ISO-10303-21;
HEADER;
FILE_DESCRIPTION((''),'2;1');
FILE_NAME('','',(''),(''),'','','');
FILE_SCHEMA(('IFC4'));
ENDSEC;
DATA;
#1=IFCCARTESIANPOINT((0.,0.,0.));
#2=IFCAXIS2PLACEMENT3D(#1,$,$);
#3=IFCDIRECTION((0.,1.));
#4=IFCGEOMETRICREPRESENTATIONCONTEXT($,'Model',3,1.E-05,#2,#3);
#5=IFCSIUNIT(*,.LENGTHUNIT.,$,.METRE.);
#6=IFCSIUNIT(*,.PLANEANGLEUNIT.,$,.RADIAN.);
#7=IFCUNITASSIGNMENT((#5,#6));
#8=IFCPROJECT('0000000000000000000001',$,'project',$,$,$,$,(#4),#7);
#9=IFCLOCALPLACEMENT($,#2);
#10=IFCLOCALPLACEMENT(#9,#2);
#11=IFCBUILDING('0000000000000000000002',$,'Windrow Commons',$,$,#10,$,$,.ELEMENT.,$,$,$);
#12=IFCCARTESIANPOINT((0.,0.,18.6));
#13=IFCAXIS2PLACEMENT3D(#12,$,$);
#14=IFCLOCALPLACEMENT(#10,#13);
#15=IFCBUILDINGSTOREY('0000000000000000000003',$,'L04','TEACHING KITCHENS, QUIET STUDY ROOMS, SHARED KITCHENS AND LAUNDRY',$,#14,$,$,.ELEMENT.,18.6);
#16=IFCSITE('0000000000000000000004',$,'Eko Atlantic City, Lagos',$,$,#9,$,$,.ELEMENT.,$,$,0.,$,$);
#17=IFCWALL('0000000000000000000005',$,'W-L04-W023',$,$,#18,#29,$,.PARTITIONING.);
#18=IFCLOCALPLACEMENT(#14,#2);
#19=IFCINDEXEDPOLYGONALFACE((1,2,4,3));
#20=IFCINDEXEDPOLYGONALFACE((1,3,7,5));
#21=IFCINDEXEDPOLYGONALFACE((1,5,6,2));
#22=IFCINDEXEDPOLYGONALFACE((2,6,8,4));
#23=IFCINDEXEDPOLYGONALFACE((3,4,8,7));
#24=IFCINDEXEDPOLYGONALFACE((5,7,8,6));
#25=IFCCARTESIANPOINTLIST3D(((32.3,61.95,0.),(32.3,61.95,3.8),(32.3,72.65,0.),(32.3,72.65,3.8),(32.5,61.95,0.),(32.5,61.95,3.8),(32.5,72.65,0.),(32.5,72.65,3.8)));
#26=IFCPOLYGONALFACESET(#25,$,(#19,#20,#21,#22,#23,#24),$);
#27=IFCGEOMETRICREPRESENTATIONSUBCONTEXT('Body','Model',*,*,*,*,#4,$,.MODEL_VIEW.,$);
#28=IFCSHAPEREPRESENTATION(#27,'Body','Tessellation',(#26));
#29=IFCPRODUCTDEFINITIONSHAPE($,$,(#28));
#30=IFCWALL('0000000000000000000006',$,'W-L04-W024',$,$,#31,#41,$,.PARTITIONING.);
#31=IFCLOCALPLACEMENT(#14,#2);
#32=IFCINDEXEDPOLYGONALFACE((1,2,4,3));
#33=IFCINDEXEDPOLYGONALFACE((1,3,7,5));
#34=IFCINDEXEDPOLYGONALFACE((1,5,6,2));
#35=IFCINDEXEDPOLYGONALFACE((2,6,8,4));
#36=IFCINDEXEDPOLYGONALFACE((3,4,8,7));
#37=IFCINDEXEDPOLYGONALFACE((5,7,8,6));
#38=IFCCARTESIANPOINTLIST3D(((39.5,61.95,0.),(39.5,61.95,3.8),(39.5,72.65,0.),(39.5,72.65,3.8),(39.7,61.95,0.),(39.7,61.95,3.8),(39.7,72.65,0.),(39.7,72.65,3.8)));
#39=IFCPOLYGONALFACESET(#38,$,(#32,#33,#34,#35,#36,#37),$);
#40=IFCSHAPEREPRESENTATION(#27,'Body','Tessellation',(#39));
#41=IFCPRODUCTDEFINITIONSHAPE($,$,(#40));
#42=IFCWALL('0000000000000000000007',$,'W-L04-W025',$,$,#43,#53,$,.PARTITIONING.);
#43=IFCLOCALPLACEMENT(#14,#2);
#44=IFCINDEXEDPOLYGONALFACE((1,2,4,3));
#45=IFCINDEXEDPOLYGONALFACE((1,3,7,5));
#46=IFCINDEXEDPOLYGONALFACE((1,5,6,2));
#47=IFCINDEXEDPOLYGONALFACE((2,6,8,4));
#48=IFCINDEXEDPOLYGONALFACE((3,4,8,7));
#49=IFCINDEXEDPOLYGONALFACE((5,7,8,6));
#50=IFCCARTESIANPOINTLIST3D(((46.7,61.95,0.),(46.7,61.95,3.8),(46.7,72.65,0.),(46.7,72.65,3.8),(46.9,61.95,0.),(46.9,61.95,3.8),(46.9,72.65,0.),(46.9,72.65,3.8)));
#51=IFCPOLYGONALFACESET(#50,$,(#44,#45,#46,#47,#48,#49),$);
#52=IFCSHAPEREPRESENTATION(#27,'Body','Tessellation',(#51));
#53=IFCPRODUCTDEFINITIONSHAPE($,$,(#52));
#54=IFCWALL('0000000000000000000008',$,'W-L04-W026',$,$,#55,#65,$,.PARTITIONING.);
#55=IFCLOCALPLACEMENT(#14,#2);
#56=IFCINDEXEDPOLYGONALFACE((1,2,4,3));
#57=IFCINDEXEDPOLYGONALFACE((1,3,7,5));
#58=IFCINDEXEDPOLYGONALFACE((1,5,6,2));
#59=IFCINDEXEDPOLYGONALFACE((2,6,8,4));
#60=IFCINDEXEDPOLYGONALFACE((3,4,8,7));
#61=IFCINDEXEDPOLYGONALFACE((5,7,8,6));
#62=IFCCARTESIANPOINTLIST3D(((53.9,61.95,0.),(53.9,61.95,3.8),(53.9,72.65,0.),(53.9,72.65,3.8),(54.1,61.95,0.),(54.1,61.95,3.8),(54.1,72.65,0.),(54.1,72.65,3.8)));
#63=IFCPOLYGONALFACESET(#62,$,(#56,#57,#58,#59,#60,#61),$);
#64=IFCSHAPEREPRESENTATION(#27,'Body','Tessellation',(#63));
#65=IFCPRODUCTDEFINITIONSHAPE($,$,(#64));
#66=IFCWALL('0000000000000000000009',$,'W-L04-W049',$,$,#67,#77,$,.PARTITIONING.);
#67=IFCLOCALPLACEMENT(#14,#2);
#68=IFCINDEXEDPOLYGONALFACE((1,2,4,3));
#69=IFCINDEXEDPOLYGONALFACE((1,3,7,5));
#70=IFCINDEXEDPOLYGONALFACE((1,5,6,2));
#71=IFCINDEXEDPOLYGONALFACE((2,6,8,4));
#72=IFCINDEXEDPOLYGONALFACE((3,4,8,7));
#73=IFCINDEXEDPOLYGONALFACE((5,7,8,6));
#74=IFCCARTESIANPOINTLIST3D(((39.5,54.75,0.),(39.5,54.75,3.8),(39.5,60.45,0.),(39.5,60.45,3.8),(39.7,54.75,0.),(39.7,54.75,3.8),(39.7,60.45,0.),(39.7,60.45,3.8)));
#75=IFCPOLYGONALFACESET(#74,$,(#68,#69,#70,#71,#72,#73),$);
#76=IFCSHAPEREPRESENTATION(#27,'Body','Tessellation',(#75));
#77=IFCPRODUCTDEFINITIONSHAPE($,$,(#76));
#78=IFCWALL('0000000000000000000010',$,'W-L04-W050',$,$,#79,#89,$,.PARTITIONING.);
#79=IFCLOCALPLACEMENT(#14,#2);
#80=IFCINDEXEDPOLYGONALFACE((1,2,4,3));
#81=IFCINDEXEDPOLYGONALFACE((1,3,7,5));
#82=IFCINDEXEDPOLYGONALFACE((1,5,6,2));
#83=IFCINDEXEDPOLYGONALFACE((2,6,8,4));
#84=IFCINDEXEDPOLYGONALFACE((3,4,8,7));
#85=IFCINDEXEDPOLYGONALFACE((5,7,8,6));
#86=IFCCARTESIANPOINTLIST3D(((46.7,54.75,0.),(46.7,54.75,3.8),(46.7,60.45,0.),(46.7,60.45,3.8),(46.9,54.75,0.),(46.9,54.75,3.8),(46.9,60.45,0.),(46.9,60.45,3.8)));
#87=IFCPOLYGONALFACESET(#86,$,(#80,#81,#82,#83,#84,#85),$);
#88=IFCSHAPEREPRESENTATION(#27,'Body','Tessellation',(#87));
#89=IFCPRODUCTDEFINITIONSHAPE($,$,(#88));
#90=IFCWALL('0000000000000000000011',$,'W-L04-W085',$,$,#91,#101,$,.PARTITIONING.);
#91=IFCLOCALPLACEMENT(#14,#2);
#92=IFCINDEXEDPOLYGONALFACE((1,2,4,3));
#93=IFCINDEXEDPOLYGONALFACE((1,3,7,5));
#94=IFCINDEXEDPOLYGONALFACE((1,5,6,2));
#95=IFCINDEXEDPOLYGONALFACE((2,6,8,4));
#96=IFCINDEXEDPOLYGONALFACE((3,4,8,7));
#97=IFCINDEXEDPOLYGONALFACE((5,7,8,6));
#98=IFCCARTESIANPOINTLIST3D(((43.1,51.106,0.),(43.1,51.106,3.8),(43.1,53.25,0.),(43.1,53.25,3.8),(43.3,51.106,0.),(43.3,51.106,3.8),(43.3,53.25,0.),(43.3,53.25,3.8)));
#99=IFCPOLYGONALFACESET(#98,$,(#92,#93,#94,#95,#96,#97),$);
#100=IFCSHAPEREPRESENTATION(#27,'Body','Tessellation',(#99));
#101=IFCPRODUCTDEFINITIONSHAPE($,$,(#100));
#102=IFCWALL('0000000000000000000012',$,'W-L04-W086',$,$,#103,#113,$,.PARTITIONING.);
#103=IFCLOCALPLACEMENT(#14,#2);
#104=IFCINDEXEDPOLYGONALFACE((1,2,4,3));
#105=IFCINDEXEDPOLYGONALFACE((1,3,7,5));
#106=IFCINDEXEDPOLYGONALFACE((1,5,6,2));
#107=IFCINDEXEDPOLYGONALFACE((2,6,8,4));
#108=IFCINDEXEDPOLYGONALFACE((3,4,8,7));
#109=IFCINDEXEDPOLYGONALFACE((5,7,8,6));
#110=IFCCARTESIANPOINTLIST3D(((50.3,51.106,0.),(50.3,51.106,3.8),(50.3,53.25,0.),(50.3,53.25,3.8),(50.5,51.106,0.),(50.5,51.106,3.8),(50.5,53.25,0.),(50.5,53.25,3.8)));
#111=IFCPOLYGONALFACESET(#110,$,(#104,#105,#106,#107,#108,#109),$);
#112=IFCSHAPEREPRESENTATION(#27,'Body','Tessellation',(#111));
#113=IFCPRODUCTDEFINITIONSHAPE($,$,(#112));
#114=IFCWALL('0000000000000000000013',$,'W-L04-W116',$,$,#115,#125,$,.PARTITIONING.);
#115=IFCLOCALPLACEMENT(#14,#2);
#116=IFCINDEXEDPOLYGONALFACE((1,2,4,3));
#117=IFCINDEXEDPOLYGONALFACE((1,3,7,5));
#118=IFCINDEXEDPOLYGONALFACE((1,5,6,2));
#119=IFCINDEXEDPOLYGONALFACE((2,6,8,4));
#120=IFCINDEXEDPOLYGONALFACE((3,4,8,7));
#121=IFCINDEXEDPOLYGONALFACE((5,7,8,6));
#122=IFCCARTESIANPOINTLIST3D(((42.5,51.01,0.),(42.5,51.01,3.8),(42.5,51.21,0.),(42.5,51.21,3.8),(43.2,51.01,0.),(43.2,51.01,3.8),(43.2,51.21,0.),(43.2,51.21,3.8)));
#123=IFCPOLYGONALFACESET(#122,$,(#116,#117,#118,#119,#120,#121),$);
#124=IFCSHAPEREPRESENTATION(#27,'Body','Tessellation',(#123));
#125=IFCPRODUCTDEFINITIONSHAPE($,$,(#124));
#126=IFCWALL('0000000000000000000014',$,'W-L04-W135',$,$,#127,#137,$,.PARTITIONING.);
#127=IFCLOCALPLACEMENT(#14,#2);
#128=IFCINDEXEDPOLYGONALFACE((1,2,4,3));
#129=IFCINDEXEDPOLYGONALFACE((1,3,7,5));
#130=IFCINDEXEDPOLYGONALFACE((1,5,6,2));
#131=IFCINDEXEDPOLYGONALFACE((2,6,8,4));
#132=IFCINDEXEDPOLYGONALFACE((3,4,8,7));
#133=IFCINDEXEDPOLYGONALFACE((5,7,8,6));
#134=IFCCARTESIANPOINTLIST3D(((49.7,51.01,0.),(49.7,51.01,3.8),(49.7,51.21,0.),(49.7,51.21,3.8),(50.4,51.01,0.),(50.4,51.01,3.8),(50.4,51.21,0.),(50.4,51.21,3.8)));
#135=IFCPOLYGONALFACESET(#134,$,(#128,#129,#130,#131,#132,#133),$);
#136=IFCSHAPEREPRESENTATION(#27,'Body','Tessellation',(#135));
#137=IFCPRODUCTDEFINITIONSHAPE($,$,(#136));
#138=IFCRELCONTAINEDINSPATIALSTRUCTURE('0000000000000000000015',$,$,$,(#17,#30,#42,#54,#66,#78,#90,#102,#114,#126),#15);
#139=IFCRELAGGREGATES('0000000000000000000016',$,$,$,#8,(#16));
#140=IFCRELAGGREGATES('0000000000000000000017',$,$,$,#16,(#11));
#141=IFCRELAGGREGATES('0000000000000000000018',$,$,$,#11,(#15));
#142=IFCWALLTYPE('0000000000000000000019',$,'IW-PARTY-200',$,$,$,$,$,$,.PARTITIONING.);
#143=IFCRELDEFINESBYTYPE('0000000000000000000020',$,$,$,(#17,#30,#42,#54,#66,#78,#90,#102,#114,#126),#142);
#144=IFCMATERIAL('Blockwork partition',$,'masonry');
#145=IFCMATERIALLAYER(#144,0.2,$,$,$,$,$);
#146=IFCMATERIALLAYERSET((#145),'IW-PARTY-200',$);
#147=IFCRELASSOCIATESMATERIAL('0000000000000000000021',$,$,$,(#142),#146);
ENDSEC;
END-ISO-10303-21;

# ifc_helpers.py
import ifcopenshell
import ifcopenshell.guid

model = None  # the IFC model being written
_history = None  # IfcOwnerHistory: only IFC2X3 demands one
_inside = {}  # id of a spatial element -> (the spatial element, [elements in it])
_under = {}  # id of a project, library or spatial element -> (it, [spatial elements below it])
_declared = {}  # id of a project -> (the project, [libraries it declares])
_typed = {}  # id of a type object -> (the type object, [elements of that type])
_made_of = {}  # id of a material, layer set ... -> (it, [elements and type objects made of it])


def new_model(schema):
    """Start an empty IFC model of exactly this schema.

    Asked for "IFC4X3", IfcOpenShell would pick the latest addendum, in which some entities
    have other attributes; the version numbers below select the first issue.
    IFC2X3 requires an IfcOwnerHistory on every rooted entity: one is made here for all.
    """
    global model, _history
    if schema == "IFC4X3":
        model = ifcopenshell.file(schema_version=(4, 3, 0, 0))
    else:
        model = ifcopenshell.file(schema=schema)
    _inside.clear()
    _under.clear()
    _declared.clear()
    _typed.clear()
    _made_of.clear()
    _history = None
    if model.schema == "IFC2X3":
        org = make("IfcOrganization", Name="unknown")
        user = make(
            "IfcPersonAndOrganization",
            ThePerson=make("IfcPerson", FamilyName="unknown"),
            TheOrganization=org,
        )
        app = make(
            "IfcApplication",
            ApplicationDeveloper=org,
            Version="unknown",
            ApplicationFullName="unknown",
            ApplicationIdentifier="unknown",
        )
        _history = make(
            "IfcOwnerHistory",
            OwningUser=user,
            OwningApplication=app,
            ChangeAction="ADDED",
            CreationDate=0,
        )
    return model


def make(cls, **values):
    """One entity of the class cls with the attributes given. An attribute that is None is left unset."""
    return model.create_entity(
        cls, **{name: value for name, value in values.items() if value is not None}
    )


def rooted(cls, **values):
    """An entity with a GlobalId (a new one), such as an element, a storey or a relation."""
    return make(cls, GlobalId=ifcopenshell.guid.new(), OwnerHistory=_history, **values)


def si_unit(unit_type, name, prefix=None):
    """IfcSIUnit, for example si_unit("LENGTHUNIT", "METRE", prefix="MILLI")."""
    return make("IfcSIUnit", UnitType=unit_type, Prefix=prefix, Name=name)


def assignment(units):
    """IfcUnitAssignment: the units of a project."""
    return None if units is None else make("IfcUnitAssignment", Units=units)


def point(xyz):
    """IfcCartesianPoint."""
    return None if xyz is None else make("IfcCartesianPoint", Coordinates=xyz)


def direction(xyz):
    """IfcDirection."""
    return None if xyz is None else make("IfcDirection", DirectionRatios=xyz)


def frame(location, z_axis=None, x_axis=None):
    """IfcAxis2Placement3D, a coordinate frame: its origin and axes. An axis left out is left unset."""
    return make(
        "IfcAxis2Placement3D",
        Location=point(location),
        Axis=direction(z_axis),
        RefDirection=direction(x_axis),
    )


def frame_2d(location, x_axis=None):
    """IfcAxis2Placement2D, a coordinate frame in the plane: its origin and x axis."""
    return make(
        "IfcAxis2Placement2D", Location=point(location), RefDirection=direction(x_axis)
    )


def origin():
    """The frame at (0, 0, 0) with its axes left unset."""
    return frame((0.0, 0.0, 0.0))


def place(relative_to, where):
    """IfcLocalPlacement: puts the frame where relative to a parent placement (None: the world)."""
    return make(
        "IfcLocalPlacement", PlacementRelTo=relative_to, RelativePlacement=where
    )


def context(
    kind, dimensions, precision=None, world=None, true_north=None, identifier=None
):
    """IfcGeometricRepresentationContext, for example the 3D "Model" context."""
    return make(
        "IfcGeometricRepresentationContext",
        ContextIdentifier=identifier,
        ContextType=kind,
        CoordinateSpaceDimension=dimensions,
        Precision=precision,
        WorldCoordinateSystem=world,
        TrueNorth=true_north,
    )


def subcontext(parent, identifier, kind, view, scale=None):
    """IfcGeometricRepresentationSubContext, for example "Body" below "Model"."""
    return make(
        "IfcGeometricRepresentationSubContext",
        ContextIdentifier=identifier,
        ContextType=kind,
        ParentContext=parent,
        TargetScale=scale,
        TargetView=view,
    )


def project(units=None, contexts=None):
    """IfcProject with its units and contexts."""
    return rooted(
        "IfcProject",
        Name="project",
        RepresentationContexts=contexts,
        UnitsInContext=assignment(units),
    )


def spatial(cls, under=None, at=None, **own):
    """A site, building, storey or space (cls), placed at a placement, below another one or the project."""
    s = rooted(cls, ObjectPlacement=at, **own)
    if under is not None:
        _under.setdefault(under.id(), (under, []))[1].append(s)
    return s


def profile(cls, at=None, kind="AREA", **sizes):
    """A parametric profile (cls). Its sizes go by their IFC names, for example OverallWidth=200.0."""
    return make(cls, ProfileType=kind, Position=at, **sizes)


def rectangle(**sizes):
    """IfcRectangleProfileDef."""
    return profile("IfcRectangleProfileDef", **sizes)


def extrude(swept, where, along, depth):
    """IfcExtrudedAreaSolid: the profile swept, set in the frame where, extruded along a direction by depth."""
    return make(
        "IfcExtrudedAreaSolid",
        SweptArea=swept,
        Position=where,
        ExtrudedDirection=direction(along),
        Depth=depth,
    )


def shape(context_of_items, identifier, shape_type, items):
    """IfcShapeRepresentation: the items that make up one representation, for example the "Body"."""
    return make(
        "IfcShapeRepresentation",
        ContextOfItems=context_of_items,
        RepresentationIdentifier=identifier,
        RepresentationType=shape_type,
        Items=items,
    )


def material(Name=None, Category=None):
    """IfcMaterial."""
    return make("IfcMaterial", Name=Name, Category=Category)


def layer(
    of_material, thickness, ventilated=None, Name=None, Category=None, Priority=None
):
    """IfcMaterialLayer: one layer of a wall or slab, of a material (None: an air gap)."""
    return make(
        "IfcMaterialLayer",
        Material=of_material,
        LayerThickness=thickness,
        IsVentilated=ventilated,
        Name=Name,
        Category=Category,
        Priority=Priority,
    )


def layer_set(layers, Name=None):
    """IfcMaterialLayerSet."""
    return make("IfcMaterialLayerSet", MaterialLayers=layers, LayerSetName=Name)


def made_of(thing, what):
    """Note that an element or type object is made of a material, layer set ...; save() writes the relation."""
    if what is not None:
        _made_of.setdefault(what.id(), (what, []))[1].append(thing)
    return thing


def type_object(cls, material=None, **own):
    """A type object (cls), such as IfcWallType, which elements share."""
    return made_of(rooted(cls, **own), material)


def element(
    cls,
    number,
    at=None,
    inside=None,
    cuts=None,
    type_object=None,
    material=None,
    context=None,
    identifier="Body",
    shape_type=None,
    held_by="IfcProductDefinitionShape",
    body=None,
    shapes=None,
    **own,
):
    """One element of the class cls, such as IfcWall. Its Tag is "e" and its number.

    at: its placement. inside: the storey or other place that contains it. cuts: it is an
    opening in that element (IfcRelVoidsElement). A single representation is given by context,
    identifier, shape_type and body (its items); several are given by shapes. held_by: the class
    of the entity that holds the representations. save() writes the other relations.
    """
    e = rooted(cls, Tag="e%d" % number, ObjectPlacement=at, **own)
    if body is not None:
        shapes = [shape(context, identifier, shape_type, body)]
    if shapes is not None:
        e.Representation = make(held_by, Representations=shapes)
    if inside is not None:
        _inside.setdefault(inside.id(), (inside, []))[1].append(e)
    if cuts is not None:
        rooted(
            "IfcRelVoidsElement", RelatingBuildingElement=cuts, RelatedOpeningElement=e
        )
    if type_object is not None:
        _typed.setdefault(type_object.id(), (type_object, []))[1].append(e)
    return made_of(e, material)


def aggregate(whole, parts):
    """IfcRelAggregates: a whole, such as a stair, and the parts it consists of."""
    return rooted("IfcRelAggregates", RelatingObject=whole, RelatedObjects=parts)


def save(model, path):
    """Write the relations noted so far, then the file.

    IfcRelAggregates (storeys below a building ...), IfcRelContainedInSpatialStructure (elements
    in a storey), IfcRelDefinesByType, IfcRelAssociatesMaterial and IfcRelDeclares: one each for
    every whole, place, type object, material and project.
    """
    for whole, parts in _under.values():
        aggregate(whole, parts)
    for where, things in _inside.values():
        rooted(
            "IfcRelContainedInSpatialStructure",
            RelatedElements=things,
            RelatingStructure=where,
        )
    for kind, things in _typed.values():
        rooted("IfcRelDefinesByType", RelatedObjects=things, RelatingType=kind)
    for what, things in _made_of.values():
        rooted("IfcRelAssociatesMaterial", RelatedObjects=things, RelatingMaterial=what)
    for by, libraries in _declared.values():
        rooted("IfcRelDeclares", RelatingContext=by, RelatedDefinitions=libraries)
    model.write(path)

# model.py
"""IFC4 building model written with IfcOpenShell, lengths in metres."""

from ifc_helpers import new_model, si_unit, direction, frame, frame_2d, origin, place, context, subcontext, project, spatial, rectangle, extrude, material, layer, layer_set, type_object, element, save


model = new_model("IFC4")

# Units and contexts
model_context = context("Model", 3, precision=1e-05, world=origin(), true_north=direction((0.0, 1.0)))
body_context = subcontext(model_context, "Body", "Model", "MODEL_VIEW")
ifc_project = project(units=[si_unit("LENGTHUNIT", "METRE"), si_unit("PLANEANGLEUNIT", "RADIAN")], contexts=[model_context])

# Site, building, storey
site_placement = place(None, origin())
site = spatial("IfcSite", under=ifc_project, at=site_placement, Name="Eko Atlantic City, Lagos", CompositionType="ELEMENT", RefElevation=0.0)
building_placement = place(site_placement, origin())
building = spatial("IfcBuilding", under=site, at=building_placement, Name="Windrow Commons", CompositionType="ELEMENT")
storey_placement = place(building_placement, frame((0.0, 0.0, 18.6)))
storey = spatial("IfcBuildingStorey", under=building, at=storey_placement, Name="L04", Description="TEACHING KITCHENS, QUIET STUDY ROOMS, SHARED KITCHENS AND LAUNDRY", CompositionType="ELEMENT", Elevation=18.6)

# Walls
ifc_material_1 = material(Name="Blockwork partition", Category="masonry")
ifc_layer_1 = layer(ifc_material_1, 0.2)
ifc_layer_set_1 = layer_set([ifc_layer_1], Name="IW-PARTY-200")
wall_type_1 = type_object("IfcWallType", Name="IW-PARTY-200", PredefinedType="PARTITIONING", material=ifc_layer_set_1)
for number, where, z_axis, x_axis, name in (
    (1, (32.4, 61.95, 0.0), (0.0, 0.0, 1.0), (0.0, 1.0, 0.0), "W-L04-W023"),
    (2, (39.6, 61.95, 0.0), (0.0, 0.0, 1.0), (0.0, 1.0, 0.0), "W-L04-W024"),
    (3, (46.8, 61.95, 0.0), (0.0, 0.0, 1.0), (0.0, 1.0, 0.0), "W-L04-W025"),
    (4, (54.0, 61.95, 0.0), (0.0, 0.0, 1.0), (0.0, 1.0, 0.0), "W-L04-W026"),
):
    element("IfcWall", number, at=place(storey_placement, frame(where, z_axis=z_axis, x_axis=x_axis)), inside=storey, type_object=wall_type_1, Name=name, PredefinedType="PARTITIONING", context=body_context, shape_type="SweptSolid", body=[
        extrude(rectangle(XDim=10.7, YDim=0.2, at=frame_2d((5.35, 0.0))), origin(), (0.0, 0.0, 1.0), 3.8),
    ])
for number, where, z_axis, x_axis, name in (
    (5, (39.6, 54.75, 0.0), (0.0, 0.0, 1.0), (0.0, 1.0, 0.0), "W-L04-W049"),
    (6, (46.8, 54.75, 0.0), (0.0, 0.0, 1.0), (0.0, 1.0, 0.0), "W-L04-W050"),
):
    element("IfcWall", number, at=place(storey_placement, frame(where, z_axis=z_axis, x_axis=x_axis)), inside=storey, type_object=wall_type_1, Name=name, PredefinedType="PARTITIONING", context=body_context, shape_type="SweptSolid", body=[
        extrude(rectangle(XDim=5.7, YDim=0.2, at=frame_2d((2.85, 0.0))), origin(), (0.0, 0.0, 1.0), 3.8),
    ])
for number, where, z_axis, x_axis, name in (
    (7, (43.2, 51.106, 0.0), (0.0, 0.0, 1.0), (0.0, 1.0, 0.0), "W-L04-W085"),
    (8, (50.4, 51.106, 0.0), (0.0, 0.0, 1.0), (0.0, 1.0, 0.0), "W-L04-W086"),
):
    element("IfcWall", number, at=place(storey_placement, frame(where, z_axis=z_axis, x_axis=x_axis)), inside=storey, type_object=wall_type_1, Name=name, PredefinedType="PARTITIONING", context=body_context, shape_type="SweptSolid", body=[
        extrude(rectangle(XDim=2.144, YDim=0.2, at=frame_2d((1.072, 0.0))), origin(), (0.0, 0.0, 1.0), 3.8),
    ])
for number, where, z_axis, x_axis, name in (
    (9, (42.5, 51.11, 0.0), (0.0, 0.0, 1.0), (1.0, 0.0, 0.0), "W-L04-W116"),
    (10, (49.7, 51.11, 0.0), (0.0, 0.0, 1.0), (1.0, 0.0, 0.0), "W-L04-W135"),
):
    element("IfcWall", number, at=place(storey_placement, frame(where, z_axis=z_axis, x_axis=x_axis)), inside=storey, type_object=wall_type_1, Name=name, PredefinedType="PARTITIONING", context=body_context, shape_type="SweptSolid", body=[
        extrude(rectangle(XDim=0.7, YDim=0.2, at=frame_2d((0.35, 0.0))), origin(), (0.0, 0.0, 1.0), 3.8),
    ])

save(model, "model.ifc")
